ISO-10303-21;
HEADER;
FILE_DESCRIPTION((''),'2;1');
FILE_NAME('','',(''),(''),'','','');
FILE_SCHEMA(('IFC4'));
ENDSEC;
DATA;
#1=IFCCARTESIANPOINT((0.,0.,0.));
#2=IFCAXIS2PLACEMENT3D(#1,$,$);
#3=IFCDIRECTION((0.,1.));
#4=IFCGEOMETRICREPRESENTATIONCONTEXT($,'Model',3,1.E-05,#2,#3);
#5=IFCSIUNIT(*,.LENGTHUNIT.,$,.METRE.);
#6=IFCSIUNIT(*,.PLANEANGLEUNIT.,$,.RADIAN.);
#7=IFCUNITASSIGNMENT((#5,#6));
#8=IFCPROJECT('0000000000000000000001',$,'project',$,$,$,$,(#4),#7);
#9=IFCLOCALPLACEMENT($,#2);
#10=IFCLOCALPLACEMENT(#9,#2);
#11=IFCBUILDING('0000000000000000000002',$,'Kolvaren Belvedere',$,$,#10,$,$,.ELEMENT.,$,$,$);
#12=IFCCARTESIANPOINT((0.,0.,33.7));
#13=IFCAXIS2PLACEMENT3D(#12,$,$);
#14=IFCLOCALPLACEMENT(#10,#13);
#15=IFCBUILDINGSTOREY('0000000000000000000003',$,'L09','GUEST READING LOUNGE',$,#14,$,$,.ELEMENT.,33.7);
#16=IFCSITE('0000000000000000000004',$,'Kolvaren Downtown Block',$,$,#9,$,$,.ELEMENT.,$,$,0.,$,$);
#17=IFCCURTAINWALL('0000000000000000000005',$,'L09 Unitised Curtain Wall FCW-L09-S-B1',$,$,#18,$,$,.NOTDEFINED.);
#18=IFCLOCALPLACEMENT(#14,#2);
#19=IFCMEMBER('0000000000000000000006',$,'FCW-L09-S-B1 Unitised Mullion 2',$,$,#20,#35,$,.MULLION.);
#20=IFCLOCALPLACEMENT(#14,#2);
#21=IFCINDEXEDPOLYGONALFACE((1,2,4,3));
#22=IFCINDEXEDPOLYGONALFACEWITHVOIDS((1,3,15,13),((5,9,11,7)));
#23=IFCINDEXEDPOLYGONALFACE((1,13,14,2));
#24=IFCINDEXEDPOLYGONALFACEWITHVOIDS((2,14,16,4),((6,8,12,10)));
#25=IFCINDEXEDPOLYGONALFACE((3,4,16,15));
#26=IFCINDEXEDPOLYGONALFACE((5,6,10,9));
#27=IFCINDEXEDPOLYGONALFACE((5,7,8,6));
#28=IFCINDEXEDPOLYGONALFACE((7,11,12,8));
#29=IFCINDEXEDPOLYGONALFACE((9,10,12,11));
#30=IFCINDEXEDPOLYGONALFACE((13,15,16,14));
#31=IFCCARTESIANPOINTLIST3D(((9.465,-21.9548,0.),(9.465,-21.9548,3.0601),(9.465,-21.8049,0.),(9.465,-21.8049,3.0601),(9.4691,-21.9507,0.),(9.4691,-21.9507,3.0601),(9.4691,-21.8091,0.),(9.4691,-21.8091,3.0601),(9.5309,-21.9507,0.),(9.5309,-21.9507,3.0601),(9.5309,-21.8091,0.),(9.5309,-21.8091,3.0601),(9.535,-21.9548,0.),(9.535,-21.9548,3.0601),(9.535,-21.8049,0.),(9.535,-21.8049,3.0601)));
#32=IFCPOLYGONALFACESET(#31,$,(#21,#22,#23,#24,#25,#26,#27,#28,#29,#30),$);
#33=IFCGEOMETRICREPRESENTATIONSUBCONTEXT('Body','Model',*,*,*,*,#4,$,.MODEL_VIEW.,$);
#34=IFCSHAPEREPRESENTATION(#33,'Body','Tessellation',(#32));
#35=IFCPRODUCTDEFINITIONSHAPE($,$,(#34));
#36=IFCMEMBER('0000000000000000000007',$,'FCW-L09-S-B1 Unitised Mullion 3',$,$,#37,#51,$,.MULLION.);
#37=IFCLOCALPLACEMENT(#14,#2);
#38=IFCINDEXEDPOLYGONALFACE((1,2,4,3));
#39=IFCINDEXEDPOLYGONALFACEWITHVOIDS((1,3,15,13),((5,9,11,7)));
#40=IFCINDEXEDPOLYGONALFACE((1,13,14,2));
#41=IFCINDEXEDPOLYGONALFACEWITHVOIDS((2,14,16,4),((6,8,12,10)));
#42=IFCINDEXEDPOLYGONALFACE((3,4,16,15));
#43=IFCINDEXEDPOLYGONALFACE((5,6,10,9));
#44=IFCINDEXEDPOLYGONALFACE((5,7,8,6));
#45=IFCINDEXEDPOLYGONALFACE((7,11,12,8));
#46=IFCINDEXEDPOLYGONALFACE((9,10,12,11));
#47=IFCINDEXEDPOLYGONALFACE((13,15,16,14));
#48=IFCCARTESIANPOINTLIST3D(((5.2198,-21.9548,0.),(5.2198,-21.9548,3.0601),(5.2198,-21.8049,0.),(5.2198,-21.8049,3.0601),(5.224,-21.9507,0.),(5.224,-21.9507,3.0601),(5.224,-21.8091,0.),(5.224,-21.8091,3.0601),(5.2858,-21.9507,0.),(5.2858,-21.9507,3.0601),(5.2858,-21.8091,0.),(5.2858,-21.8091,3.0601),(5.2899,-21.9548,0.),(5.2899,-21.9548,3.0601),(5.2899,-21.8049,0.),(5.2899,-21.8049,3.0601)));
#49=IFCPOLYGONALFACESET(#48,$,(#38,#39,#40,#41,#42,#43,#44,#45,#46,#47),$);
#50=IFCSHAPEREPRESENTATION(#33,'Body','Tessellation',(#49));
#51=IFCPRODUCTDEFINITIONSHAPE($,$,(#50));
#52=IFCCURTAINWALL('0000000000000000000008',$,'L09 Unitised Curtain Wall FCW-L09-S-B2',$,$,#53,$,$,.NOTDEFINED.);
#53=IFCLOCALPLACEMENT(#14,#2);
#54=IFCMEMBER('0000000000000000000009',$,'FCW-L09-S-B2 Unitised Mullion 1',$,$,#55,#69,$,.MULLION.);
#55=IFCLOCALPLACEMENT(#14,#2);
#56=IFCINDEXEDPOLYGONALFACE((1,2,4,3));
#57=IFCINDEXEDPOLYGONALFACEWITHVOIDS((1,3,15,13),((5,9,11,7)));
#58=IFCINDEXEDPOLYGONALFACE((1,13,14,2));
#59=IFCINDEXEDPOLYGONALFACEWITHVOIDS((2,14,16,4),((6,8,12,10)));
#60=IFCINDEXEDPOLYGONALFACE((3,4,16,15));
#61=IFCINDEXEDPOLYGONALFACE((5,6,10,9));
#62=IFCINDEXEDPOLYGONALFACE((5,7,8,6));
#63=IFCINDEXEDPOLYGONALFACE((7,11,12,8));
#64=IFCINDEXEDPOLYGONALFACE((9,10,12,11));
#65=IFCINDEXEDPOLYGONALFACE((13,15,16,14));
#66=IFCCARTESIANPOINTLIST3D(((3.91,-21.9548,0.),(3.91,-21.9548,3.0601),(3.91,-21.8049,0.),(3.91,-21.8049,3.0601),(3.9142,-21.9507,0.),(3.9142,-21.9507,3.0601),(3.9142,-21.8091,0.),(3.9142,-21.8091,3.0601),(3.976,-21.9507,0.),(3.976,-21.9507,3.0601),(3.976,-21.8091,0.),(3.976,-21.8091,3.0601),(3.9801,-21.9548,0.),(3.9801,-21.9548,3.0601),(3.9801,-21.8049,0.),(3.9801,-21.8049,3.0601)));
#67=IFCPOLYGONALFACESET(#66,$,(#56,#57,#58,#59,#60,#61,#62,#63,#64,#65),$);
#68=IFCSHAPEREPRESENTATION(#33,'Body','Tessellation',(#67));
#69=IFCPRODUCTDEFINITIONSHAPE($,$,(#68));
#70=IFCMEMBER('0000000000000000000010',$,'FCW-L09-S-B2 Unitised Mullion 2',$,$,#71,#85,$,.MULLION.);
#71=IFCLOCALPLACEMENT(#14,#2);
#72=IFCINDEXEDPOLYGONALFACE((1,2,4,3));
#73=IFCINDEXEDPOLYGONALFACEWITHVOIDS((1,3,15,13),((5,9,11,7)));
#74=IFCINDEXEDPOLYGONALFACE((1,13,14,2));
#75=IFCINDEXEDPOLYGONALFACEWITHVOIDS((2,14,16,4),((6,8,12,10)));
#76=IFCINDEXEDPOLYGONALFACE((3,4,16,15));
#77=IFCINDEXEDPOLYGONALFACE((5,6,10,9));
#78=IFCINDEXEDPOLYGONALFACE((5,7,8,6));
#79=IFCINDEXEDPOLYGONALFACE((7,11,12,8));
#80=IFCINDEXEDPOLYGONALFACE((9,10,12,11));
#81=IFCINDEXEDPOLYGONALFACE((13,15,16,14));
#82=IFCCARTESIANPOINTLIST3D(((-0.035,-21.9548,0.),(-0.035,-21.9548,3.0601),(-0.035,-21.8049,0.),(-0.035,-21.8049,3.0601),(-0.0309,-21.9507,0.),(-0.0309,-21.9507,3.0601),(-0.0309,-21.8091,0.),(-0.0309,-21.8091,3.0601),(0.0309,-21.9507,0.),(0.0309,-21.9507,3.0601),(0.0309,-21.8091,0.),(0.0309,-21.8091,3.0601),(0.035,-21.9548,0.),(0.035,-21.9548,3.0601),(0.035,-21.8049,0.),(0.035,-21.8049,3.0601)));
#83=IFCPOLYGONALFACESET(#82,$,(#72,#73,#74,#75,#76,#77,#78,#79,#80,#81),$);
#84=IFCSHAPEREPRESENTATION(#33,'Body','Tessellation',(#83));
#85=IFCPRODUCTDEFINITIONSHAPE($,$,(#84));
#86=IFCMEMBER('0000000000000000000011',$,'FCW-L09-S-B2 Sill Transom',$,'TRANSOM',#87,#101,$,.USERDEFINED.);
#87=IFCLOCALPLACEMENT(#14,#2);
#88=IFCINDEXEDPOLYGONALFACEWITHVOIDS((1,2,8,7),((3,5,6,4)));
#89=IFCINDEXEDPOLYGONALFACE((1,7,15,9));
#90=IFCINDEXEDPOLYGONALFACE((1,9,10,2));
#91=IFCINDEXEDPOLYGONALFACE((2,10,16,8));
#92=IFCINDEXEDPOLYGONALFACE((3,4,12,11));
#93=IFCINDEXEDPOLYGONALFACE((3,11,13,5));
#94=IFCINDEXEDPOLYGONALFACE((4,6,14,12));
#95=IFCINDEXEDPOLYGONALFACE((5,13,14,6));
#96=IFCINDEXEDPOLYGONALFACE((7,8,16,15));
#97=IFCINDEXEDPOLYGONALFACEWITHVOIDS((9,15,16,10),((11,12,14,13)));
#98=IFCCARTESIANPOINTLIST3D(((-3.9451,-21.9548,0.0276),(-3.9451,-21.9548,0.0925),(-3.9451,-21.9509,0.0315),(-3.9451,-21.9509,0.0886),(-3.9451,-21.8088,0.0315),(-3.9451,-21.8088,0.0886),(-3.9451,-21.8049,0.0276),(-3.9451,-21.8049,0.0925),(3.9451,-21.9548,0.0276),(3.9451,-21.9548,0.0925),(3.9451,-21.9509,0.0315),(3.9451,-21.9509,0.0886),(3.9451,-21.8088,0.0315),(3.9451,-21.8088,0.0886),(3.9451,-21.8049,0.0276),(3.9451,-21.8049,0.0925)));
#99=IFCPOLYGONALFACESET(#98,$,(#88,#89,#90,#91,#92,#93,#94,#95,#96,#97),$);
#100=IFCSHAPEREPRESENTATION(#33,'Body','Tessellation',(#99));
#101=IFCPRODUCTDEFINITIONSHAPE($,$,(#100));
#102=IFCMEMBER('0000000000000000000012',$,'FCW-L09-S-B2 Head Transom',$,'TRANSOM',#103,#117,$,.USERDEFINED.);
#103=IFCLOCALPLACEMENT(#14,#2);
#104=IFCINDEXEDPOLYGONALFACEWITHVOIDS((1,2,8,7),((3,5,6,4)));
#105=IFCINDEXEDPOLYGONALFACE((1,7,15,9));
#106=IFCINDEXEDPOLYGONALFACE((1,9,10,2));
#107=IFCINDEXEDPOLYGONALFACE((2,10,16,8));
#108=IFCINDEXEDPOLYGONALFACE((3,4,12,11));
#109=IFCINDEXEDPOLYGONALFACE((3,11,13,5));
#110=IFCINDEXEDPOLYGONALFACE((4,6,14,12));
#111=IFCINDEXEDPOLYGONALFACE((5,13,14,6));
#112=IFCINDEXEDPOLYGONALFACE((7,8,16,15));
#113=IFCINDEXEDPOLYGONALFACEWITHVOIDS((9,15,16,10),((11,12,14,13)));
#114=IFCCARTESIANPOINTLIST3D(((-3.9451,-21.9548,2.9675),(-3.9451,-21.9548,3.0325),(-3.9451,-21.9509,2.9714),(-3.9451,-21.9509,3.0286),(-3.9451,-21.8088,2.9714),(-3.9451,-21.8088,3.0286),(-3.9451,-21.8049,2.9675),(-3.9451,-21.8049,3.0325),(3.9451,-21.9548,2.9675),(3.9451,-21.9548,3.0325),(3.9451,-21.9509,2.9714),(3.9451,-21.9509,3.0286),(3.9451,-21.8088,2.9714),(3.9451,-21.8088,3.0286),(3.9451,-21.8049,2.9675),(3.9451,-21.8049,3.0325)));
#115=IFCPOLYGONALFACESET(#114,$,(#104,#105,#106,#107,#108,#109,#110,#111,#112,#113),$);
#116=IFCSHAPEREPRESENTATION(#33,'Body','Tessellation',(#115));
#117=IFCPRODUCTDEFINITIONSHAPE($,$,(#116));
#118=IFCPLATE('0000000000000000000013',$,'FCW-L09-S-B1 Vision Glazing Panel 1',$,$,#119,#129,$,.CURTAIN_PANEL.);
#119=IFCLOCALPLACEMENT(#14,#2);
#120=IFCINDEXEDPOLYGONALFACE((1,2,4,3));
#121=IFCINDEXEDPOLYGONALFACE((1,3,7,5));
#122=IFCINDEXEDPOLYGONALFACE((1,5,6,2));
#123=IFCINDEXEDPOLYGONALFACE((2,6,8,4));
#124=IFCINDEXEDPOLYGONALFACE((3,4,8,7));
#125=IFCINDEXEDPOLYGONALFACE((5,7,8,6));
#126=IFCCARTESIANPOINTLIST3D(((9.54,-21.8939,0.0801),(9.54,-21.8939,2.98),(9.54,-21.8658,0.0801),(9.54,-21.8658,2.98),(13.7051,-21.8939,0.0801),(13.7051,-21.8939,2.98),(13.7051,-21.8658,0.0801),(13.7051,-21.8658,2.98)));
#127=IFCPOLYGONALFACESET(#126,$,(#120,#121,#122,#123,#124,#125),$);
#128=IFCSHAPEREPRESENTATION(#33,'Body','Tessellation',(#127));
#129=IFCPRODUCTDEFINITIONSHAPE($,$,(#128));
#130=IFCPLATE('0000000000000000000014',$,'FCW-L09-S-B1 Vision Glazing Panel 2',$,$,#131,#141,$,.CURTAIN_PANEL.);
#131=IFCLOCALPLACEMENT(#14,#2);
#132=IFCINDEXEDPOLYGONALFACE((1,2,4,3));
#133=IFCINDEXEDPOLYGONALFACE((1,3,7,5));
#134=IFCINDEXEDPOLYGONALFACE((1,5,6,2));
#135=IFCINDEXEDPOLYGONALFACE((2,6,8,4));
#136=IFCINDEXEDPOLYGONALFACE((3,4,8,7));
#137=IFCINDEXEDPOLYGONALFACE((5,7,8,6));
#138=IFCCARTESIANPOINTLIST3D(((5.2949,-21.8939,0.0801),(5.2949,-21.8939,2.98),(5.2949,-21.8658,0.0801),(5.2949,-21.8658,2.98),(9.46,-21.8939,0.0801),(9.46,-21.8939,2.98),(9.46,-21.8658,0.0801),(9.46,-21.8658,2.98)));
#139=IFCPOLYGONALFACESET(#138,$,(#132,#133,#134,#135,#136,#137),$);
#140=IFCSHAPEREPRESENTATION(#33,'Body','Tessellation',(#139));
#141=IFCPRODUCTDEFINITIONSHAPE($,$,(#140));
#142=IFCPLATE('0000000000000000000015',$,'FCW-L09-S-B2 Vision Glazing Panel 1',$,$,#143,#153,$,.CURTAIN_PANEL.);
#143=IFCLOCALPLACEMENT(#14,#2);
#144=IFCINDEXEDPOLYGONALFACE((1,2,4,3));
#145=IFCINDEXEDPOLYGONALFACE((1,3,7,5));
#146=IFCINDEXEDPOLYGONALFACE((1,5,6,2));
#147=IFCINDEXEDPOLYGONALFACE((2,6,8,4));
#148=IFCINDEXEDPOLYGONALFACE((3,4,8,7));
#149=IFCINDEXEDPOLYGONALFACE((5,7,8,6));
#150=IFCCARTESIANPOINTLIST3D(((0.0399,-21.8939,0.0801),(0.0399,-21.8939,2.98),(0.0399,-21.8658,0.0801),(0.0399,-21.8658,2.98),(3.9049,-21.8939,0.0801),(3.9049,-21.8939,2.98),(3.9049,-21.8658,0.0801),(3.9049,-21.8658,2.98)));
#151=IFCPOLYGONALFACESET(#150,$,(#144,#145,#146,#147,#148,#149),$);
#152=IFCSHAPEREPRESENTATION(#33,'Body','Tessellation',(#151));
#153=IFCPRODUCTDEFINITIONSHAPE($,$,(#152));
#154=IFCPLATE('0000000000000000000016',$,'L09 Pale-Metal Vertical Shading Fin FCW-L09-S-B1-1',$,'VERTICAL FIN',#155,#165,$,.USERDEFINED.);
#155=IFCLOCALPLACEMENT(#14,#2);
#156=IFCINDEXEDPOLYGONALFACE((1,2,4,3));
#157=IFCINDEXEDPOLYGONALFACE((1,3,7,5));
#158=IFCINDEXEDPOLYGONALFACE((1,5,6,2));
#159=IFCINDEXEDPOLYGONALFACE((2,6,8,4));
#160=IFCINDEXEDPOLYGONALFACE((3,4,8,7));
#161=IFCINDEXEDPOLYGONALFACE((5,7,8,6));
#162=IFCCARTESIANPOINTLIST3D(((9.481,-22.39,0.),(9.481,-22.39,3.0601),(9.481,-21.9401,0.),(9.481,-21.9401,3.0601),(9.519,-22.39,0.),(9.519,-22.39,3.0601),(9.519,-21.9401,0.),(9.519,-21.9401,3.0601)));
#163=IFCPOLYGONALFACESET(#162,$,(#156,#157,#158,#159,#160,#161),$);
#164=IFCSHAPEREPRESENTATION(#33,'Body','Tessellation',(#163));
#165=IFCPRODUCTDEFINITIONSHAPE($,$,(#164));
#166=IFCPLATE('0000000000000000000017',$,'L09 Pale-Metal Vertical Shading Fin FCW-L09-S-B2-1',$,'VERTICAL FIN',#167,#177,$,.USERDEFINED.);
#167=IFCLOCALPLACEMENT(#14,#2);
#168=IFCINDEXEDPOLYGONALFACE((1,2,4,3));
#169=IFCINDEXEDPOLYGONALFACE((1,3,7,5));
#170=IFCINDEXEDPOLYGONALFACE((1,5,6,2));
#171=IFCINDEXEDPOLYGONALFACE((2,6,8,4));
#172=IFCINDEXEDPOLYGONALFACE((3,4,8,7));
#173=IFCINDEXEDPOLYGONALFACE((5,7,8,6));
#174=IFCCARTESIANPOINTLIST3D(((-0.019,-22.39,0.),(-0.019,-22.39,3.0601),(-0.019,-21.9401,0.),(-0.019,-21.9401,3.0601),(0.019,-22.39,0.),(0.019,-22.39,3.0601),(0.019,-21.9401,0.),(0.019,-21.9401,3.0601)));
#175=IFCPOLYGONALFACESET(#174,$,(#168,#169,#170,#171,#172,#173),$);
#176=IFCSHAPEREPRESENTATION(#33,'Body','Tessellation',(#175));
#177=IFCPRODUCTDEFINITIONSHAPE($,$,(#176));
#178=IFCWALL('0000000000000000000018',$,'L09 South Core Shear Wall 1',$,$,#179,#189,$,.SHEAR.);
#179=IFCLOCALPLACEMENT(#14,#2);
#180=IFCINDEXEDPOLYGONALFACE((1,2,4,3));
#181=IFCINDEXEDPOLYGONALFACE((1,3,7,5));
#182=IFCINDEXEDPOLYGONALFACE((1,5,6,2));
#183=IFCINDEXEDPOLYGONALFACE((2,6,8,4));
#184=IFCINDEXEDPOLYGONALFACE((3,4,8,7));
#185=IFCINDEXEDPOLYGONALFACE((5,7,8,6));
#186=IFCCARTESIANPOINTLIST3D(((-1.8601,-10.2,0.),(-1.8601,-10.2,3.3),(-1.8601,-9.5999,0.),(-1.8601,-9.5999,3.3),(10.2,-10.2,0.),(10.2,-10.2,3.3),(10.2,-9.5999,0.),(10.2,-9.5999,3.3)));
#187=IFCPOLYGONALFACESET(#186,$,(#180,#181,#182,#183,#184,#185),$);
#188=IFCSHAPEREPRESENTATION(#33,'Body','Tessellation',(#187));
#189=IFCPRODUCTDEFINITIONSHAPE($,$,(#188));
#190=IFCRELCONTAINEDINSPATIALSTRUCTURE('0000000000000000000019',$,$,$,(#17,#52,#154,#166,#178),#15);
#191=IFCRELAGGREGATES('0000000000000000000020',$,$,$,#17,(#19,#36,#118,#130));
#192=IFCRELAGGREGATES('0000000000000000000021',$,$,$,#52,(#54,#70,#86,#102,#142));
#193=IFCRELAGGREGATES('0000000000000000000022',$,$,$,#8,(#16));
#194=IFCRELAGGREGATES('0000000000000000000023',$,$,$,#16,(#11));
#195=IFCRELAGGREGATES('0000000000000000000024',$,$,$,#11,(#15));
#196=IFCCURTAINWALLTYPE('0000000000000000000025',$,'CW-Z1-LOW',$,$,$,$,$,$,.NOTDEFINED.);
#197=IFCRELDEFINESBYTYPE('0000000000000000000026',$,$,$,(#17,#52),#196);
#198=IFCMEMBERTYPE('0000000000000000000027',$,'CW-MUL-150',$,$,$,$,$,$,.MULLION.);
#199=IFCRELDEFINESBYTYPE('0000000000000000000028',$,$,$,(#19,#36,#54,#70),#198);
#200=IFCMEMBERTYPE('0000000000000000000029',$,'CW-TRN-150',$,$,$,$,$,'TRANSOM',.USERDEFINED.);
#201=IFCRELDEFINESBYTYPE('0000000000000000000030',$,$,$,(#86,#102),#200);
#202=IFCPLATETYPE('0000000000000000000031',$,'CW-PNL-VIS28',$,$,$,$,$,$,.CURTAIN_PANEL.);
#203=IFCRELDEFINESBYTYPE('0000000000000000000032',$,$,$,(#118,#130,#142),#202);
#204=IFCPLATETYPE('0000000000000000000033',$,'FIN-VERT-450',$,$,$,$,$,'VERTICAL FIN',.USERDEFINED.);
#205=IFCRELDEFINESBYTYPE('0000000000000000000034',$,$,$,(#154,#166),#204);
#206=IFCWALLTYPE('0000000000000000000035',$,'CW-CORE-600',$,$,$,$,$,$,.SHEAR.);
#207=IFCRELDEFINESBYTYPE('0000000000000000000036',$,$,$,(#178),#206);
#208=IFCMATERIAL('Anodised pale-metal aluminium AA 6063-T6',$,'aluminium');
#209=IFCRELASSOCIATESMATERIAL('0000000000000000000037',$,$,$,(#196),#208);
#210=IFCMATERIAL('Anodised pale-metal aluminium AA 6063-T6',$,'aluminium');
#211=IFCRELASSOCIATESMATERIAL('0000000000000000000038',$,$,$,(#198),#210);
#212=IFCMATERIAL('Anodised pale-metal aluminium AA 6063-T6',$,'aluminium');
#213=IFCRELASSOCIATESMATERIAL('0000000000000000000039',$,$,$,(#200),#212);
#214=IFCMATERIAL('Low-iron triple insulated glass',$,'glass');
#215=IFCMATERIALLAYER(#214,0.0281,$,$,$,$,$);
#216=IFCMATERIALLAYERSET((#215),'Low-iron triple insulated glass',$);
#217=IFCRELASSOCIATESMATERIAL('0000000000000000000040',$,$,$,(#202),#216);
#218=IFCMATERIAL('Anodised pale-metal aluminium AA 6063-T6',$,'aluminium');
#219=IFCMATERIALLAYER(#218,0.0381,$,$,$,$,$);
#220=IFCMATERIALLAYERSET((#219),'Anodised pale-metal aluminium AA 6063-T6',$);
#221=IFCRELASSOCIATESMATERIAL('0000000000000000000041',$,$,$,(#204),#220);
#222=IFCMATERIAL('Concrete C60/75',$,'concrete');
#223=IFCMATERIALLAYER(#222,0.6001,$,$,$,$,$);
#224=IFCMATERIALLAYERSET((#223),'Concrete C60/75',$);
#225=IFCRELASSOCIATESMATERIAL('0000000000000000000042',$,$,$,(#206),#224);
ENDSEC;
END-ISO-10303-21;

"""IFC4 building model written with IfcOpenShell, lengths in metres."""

from ifc_helpers import new_model, si_unit, direction, frame, frame_2d, origin, origin_2d, place, context, subcontext, project, spatial, rectangle, hollow_rectangle, extrude, material, layer, layer_set, material_profile, profile_set, type_object, element, aggregate, save


model = new_model("IFC4")

# Units and contexts
model_context = context("Model", 3, precision=1e-05, world=origin(), true_north=direction((0.0, 1.0)))
body_context = subcontext(model_context, "Body", "Model", "MODEL_VIEW")
ifc_project = project(units=[si_unit("LENGTHUNIT", "METRE"), si_unit("PLANEANGLEUNIT", "RADIAN")], contexts=[model_context])

# Site, building, storey
site_placement = place(None, origin())
site = spatial("IfcSite", under=ifc_project, at=site_placement, Name="Kolvaren Downtown Block", CompositionType="ELEMENT", RefElevation=0.0)
building_placement = place(site_placement, origin())
building = spatial("IfcBuilding", under=site, at=building_placement, Name="Kolvaren Belvedere", CompositionType="ELEMENT")
storey_placement = place(building_placement, frame((0.0, 0.0, 33.7)))
storey = spatial("IfcBuildingStorey", under=building, at=storey_placement, Name="L09", Description="GUEST READING LOUNGE", CompositionType="ELEMENT", Elevation=33.7)

# Curtain walls, members
ifc_material_1 = material(Name="Anodised pale-metal aluminium AA 6063-T6", Category="aluminium")
curtain_wall_type = type_object("IfcCurtainWallType", Name="CW-Z1-LOW", PredefinedType="NOTDEFINED", material=ifc_material_1)
curtain_wall_1_placement = place(storey_placement, origin())
curtain_wall_1 = element("IfcCurtainWall", 1, at=curtain_wall_1_placement, inside=storey, type_object=curtain_wall_type, Name="L09 Unitised Curtain Wall FCW-L09-S-B1", PredefinedType="NOTDEFINED")
ifc_material_2 = material(Name="Anodised pale-metal aluminium AA 6063-T6", Category="aluminium")
ifc_material_profile_1 = material_profile(ifc_material_2, hollow_rectangle(XDim=0.0701, YDim=0.1499, WallThickness=0.0042, at=origin_2d()), Name="ALU-MUL-150X70")
ifc_profile_set_1 = profile_set([ifc_material_profile_1], Name="Anodised pale-metal aluminium AA 6063-T6")
member_type_1 = type_object("IfcMemberType", Name="CW-MUL-150", PredefinedType="MULLION", material=ifc_profile_set_1)
member_1_placement = place(storey_placement, frame((9.5, -21.8799, 0.0), z_axis=(0.0, 0.0, 1.0), x_axis=(1.0, 0.0, 0.0)))
member_1 = element("IfcMember", 2, at=member_1_placement, type_object=member_type_1, Name="FCW-L09-S-B1 Unitised Mullion 2", PredefinedType="MULLION", context=body_context, shape_type="SweptSolid", body=[
    extrude(hollow_rectangle(XDim=0.0701, YDim=0.1499, WallThickness=0.0042, at=origin_2d()), origin(), (0.0, 0.0, 1.0), 3.0601),
])
member_2_placement = place(storey_placement, frame((5.2549, -21.8799, 0.0), z_axis=(0.0, 0.0, 1.0), x_axis=(1.0, 0.0, 0.0)))
member_2 = element("IfcMember", 3, at=member_2_placement, type_object=member_type_1, Name="FCW-L09-S-B1 Unitised Mullion 3", PredefinedType="MULLION", context=body_context, shape_type="SweptSolid", body=[
    extrude(hollow_rectangle(XDim=0.0701, YDim=0.1499, WallThickness=0.0042, at=origin_2d()), origin(), (0.0, 0.0, 1.0), 3.0601),
])
curtain_wall_2_placement = place(storey_placement, origin())
curtain_wall_2 = element("IfcCurtainWall", 4, at=curtain_wall_2_placement, inside=storey, type_object=curtain_wall_type, Name="L09 Unitised Curtain Wall FCW-L09-S-B2", PredefinedType="NOTDEFINED")
member_3_placement = place(storey_placement, frame((3.9451, -21.8799, 0.0), z_axis=(0.0, 0.0, 1.0), x_axis=(1.0, 0.0, 0.0)))
member_3 = element("IfcMember", 5, at=member_3_placement, type_object=member_type_1, Name="FCW-L09-S-B2 Unitised Mullion 1", PredefinedType="MULLION", context=body_context, shape_type="SweptSolid", body=[
    extrude(hollow_rectangle(XDim=0.0701, YDim=0.1499, WallThickness=0.0042, at=origin_2d()), origin(), (0.0, 0.0, 1.0), 3.0601),
])
member_4_placement = place(storey_placement, frame((0.0, -21.8799, 0.0), z_axis=(0.0, 0.0, 1.0), x_axis=(1.0, 0.0, 0.0)))
member_4 = element("IfcMember", 6, at=member_4_placement, type_object=member_type_1, Name="FCW-L09-S-B2 Unitised Mullion 2", PredefinedType="MULLION", context=body_context, shape_type="SweptSolid", body=[
    extrude(hollow_rectangle(XDim=0.0701, YDim=0.1499, WallThickness=0.0042, at=origin_2d()), origin(), (0.0, 0.0, 1.0), 3.0601),
])
ifc_material_3 = material(Name="Anodised pale-metal aluminium AA 6063-T6", Category="aluminium")
ifc_material_profile_2 = material_profile(ifc_material_3, hollow_rectangle(XDim=0.0649, YDim=0.1499, WallThickness=0.0039, at=origin_2d()), Name="ALU-TRN-150X65")
ifc_profile_set_2 = profile_set([ifc_material_profile_2], Name="Anodised pale-metal aluminium AA 6063-T6")
member_type_2 = type_object("IfcMemberType", Name="CW-TRN-150", ElementType="TRANSOM", PredefinedType="USERDEFINED", material=ifc_profile_set_2)
member_5_placement = place(storey_placement, frame((3.9451, -21.8799, 0.0601), z_axis=(-1.0, 0.0, 0.0), x_axis=(0.0, 0.0, 1.0)))
member_5 = element("IfcMember", 7, at=member_5_placement, type_object=member_type_2, Name="FCW-L09-S-B2 Sill Transom", ObjectType="TRANSOM", PredefinedType="USERDEFINED", context=body_context, shape_type="SweptSolid", body=[
    extrude(hollow_rectangle(XDim=0.0649, YDim=0.1499, WallThickness=0.0039, at=origin_2d()), origin(), (0.0, 0.0, 1.0), 7.8901),
])
member_6_placement = place(storey_placement, frame((3.9451, -21.8799, 3.0), z_axis=(-1.0, 0.0, 0.0), x_axis=(0.0, 0.0, 1.0)))
member_6 = element("IfcMember", 8, at=member_6_placement, type_object=member_type_2, Name="FCW-L09-S-B2 Head Transom", ObjectType="TRANSOM", PredefinedType="USERDEFINED", context=body_context, shape_type="SweptSolid", body=[
    extrude(hollow_rectangle(XDim=0.0649, YDim=0.1499, WallThickness=0.0039, at=origin_2d()), origin(), (0.0, 0.0, 1.0), 7.8901),
])

# Plates
ifc_material_4 = material(Name="Low-iron triple insulated glass", Category="glass")
ifc_layer_1 = layer(ifc_material_4, 0.0281)
ifc_layer_set_1 = layer_set([ifc_layer_1], Name="Low-iron triple insulated glass")
plate_type_1 = type_object("IfcPlateType", Name="CW-PNL-VIS28", PredefinedType="CURTAIN_PANEL", material=ifc_layer_set_1)
plate_1_placement = place(storey_placement, frame((11.6226, -21.8799, 0.0801), z_axis=(0.0, 0.0, 1.0), x_axis=(-1.0, 0.0, 0.0)))
plate_1 = element("IfcPlate", 9, at=plate_1_placement, type_object=plate_type_1, Name="FCW-L09-S-B1 Vision Glazing Panel 1", PredefinedType="CURTAIN_PANEL", context=body_context, shape_type="SweptSolid", body=[
    extrude(rectangle(XDim=4.165, YDim=0.0281, at=origin_2d()), origin(), (0.0, 0.0, 1.0), 2.8999),
])
plate_2_placement = place(storey_placement, frame((7.3774, -21.8799, 0.0801), z_axis=(0.0, 0.0, 1.0), x_axis=(-1.0, 0.0, 0.0)))
plate_2 = element("IfcPlate", 10, at=plate_2_placement, type_object=plate_type_1, Name="FCW-L09-S-B1 Vision Glazing Panel 2", PredefinedType="CURTAIN_PANEL", context=body_context, shape_type="SweptSolid", body=[
    extrude(rectangle(XDim=4.165, YDim=0.0281, at=origin_2d()), origin(), (0.0, 0.0, 1.0), 2.8999),
])
aggregate(curtain_wall_1, [member_1, member_2, plate_1, plate_2])
plate_3_placement = place(storey_placement, frame((1.9724, -21.8799, 0.0801), z_axis=(0.0, 0.0, 1.0), x_axis=(-1.0, 0.0, 0.0)))
plate_3 = element("IfcPlate", 11, at=plate_3_placement, type_object=plate_type_1, Name="FCW-L09-S-B2 Vision Glazing Panel 1", PredefinedType="CURTAIN_PANEL", context=body_context, shape_type="SweptSolid", body=[
    extrude(rectangle(XDim=3.865, YDim=0.0281, at=origin_2d()), origin(), (0.0, 0.0, 1.0), 2.8999),
])
aggregate(curtain_wall_2, [member_3, member_4, member_5, member_6, plate_3])

# Plates
ifc_material_5 = material(Name="Anodised pale-metal aluminium AA 6063-T6", Category="aluminium")
ifc_layer_2 = layer(ifc_material_5, 0.0381)
ifc_layer_set_2 = layer_set([ifc_layer_2], Name="Anodised pale-metal aluminium AA 6063-T6")
plate_type_2 = type_object("IfcPlateType", Name="FIN-VERT-450", ElementType="VERTICAL FIN", PredefinedType="USERDEFINED", material=ifc_layer_set_2)
for number, where, z_axis, x_axis, name in (
    (12, (9.5, -22.165, 0.0), (0.0, 0.0, 1.0), (0.0, 1.0, 0.0), "L09 Pale-Metal Vertical Shading Fin FCW-L09-S-B1-1"),
    (13, (0.0, -22.165, 0.0), (0.0, 0.0, 1.0), (0.0, 1.0, 0.0), "L09 Pale-Metal Vertical Shading Fin FCW-L09-S-B2-1"),
):
    element("IfcPlate", number, at=place(storey_placement, frame(where, z_axis=z_axis, x_axis=x_axis)), inside=storey, type_object=plate_type_2, Name=name, ObjectType="VERTICAL FIN", PredefinedType="USERDEFINED", context=body_context, shape_type="SweptSolid", body=[
        extrude(rectangle(XDim=0.45, YDim=0.0381, at=origin_2d()), origin(), (0.0, 0.0, 1.0), 3.0601),
    ])

# Wall
ifc_material_6 = material(Name="Concrete C60/75", Category="concrete")
ifc_layer_3 = layer(ifc_material_6, 0.6001)
ifc_layer_set_3 = layer_set([ifc_layer_3], Name="Concrete C60/75")
wall_type_1 = type_object("IfcWallType", Name="CW-CORE-600", PredefinedType="SHEAR", material=ifc_layer_set_3)
wall_1_placement = place(storey_placement, frame((10.2, -9.8999, 0.0), z_axis=(0.0, 0.0, 1.0), x_axis=(-1.0, 0.0, 0.0)))
element("IfcWall", 14, at=wall_1_placement, inside=storey, type_object=wall_type_1, Name="L09 South Core Shear Wall 1", PredefinedType="SHEAR", context=body_context, shape_type="SweptSolid", body=[
    extrude(rectangle(XDim=12.0601, YDim=0.6001, at=frame_2d((6.03, 0.0))), origin(), (0.0, 0.0, 1.0), 3.3),
])

save(model, "model.ifc")
